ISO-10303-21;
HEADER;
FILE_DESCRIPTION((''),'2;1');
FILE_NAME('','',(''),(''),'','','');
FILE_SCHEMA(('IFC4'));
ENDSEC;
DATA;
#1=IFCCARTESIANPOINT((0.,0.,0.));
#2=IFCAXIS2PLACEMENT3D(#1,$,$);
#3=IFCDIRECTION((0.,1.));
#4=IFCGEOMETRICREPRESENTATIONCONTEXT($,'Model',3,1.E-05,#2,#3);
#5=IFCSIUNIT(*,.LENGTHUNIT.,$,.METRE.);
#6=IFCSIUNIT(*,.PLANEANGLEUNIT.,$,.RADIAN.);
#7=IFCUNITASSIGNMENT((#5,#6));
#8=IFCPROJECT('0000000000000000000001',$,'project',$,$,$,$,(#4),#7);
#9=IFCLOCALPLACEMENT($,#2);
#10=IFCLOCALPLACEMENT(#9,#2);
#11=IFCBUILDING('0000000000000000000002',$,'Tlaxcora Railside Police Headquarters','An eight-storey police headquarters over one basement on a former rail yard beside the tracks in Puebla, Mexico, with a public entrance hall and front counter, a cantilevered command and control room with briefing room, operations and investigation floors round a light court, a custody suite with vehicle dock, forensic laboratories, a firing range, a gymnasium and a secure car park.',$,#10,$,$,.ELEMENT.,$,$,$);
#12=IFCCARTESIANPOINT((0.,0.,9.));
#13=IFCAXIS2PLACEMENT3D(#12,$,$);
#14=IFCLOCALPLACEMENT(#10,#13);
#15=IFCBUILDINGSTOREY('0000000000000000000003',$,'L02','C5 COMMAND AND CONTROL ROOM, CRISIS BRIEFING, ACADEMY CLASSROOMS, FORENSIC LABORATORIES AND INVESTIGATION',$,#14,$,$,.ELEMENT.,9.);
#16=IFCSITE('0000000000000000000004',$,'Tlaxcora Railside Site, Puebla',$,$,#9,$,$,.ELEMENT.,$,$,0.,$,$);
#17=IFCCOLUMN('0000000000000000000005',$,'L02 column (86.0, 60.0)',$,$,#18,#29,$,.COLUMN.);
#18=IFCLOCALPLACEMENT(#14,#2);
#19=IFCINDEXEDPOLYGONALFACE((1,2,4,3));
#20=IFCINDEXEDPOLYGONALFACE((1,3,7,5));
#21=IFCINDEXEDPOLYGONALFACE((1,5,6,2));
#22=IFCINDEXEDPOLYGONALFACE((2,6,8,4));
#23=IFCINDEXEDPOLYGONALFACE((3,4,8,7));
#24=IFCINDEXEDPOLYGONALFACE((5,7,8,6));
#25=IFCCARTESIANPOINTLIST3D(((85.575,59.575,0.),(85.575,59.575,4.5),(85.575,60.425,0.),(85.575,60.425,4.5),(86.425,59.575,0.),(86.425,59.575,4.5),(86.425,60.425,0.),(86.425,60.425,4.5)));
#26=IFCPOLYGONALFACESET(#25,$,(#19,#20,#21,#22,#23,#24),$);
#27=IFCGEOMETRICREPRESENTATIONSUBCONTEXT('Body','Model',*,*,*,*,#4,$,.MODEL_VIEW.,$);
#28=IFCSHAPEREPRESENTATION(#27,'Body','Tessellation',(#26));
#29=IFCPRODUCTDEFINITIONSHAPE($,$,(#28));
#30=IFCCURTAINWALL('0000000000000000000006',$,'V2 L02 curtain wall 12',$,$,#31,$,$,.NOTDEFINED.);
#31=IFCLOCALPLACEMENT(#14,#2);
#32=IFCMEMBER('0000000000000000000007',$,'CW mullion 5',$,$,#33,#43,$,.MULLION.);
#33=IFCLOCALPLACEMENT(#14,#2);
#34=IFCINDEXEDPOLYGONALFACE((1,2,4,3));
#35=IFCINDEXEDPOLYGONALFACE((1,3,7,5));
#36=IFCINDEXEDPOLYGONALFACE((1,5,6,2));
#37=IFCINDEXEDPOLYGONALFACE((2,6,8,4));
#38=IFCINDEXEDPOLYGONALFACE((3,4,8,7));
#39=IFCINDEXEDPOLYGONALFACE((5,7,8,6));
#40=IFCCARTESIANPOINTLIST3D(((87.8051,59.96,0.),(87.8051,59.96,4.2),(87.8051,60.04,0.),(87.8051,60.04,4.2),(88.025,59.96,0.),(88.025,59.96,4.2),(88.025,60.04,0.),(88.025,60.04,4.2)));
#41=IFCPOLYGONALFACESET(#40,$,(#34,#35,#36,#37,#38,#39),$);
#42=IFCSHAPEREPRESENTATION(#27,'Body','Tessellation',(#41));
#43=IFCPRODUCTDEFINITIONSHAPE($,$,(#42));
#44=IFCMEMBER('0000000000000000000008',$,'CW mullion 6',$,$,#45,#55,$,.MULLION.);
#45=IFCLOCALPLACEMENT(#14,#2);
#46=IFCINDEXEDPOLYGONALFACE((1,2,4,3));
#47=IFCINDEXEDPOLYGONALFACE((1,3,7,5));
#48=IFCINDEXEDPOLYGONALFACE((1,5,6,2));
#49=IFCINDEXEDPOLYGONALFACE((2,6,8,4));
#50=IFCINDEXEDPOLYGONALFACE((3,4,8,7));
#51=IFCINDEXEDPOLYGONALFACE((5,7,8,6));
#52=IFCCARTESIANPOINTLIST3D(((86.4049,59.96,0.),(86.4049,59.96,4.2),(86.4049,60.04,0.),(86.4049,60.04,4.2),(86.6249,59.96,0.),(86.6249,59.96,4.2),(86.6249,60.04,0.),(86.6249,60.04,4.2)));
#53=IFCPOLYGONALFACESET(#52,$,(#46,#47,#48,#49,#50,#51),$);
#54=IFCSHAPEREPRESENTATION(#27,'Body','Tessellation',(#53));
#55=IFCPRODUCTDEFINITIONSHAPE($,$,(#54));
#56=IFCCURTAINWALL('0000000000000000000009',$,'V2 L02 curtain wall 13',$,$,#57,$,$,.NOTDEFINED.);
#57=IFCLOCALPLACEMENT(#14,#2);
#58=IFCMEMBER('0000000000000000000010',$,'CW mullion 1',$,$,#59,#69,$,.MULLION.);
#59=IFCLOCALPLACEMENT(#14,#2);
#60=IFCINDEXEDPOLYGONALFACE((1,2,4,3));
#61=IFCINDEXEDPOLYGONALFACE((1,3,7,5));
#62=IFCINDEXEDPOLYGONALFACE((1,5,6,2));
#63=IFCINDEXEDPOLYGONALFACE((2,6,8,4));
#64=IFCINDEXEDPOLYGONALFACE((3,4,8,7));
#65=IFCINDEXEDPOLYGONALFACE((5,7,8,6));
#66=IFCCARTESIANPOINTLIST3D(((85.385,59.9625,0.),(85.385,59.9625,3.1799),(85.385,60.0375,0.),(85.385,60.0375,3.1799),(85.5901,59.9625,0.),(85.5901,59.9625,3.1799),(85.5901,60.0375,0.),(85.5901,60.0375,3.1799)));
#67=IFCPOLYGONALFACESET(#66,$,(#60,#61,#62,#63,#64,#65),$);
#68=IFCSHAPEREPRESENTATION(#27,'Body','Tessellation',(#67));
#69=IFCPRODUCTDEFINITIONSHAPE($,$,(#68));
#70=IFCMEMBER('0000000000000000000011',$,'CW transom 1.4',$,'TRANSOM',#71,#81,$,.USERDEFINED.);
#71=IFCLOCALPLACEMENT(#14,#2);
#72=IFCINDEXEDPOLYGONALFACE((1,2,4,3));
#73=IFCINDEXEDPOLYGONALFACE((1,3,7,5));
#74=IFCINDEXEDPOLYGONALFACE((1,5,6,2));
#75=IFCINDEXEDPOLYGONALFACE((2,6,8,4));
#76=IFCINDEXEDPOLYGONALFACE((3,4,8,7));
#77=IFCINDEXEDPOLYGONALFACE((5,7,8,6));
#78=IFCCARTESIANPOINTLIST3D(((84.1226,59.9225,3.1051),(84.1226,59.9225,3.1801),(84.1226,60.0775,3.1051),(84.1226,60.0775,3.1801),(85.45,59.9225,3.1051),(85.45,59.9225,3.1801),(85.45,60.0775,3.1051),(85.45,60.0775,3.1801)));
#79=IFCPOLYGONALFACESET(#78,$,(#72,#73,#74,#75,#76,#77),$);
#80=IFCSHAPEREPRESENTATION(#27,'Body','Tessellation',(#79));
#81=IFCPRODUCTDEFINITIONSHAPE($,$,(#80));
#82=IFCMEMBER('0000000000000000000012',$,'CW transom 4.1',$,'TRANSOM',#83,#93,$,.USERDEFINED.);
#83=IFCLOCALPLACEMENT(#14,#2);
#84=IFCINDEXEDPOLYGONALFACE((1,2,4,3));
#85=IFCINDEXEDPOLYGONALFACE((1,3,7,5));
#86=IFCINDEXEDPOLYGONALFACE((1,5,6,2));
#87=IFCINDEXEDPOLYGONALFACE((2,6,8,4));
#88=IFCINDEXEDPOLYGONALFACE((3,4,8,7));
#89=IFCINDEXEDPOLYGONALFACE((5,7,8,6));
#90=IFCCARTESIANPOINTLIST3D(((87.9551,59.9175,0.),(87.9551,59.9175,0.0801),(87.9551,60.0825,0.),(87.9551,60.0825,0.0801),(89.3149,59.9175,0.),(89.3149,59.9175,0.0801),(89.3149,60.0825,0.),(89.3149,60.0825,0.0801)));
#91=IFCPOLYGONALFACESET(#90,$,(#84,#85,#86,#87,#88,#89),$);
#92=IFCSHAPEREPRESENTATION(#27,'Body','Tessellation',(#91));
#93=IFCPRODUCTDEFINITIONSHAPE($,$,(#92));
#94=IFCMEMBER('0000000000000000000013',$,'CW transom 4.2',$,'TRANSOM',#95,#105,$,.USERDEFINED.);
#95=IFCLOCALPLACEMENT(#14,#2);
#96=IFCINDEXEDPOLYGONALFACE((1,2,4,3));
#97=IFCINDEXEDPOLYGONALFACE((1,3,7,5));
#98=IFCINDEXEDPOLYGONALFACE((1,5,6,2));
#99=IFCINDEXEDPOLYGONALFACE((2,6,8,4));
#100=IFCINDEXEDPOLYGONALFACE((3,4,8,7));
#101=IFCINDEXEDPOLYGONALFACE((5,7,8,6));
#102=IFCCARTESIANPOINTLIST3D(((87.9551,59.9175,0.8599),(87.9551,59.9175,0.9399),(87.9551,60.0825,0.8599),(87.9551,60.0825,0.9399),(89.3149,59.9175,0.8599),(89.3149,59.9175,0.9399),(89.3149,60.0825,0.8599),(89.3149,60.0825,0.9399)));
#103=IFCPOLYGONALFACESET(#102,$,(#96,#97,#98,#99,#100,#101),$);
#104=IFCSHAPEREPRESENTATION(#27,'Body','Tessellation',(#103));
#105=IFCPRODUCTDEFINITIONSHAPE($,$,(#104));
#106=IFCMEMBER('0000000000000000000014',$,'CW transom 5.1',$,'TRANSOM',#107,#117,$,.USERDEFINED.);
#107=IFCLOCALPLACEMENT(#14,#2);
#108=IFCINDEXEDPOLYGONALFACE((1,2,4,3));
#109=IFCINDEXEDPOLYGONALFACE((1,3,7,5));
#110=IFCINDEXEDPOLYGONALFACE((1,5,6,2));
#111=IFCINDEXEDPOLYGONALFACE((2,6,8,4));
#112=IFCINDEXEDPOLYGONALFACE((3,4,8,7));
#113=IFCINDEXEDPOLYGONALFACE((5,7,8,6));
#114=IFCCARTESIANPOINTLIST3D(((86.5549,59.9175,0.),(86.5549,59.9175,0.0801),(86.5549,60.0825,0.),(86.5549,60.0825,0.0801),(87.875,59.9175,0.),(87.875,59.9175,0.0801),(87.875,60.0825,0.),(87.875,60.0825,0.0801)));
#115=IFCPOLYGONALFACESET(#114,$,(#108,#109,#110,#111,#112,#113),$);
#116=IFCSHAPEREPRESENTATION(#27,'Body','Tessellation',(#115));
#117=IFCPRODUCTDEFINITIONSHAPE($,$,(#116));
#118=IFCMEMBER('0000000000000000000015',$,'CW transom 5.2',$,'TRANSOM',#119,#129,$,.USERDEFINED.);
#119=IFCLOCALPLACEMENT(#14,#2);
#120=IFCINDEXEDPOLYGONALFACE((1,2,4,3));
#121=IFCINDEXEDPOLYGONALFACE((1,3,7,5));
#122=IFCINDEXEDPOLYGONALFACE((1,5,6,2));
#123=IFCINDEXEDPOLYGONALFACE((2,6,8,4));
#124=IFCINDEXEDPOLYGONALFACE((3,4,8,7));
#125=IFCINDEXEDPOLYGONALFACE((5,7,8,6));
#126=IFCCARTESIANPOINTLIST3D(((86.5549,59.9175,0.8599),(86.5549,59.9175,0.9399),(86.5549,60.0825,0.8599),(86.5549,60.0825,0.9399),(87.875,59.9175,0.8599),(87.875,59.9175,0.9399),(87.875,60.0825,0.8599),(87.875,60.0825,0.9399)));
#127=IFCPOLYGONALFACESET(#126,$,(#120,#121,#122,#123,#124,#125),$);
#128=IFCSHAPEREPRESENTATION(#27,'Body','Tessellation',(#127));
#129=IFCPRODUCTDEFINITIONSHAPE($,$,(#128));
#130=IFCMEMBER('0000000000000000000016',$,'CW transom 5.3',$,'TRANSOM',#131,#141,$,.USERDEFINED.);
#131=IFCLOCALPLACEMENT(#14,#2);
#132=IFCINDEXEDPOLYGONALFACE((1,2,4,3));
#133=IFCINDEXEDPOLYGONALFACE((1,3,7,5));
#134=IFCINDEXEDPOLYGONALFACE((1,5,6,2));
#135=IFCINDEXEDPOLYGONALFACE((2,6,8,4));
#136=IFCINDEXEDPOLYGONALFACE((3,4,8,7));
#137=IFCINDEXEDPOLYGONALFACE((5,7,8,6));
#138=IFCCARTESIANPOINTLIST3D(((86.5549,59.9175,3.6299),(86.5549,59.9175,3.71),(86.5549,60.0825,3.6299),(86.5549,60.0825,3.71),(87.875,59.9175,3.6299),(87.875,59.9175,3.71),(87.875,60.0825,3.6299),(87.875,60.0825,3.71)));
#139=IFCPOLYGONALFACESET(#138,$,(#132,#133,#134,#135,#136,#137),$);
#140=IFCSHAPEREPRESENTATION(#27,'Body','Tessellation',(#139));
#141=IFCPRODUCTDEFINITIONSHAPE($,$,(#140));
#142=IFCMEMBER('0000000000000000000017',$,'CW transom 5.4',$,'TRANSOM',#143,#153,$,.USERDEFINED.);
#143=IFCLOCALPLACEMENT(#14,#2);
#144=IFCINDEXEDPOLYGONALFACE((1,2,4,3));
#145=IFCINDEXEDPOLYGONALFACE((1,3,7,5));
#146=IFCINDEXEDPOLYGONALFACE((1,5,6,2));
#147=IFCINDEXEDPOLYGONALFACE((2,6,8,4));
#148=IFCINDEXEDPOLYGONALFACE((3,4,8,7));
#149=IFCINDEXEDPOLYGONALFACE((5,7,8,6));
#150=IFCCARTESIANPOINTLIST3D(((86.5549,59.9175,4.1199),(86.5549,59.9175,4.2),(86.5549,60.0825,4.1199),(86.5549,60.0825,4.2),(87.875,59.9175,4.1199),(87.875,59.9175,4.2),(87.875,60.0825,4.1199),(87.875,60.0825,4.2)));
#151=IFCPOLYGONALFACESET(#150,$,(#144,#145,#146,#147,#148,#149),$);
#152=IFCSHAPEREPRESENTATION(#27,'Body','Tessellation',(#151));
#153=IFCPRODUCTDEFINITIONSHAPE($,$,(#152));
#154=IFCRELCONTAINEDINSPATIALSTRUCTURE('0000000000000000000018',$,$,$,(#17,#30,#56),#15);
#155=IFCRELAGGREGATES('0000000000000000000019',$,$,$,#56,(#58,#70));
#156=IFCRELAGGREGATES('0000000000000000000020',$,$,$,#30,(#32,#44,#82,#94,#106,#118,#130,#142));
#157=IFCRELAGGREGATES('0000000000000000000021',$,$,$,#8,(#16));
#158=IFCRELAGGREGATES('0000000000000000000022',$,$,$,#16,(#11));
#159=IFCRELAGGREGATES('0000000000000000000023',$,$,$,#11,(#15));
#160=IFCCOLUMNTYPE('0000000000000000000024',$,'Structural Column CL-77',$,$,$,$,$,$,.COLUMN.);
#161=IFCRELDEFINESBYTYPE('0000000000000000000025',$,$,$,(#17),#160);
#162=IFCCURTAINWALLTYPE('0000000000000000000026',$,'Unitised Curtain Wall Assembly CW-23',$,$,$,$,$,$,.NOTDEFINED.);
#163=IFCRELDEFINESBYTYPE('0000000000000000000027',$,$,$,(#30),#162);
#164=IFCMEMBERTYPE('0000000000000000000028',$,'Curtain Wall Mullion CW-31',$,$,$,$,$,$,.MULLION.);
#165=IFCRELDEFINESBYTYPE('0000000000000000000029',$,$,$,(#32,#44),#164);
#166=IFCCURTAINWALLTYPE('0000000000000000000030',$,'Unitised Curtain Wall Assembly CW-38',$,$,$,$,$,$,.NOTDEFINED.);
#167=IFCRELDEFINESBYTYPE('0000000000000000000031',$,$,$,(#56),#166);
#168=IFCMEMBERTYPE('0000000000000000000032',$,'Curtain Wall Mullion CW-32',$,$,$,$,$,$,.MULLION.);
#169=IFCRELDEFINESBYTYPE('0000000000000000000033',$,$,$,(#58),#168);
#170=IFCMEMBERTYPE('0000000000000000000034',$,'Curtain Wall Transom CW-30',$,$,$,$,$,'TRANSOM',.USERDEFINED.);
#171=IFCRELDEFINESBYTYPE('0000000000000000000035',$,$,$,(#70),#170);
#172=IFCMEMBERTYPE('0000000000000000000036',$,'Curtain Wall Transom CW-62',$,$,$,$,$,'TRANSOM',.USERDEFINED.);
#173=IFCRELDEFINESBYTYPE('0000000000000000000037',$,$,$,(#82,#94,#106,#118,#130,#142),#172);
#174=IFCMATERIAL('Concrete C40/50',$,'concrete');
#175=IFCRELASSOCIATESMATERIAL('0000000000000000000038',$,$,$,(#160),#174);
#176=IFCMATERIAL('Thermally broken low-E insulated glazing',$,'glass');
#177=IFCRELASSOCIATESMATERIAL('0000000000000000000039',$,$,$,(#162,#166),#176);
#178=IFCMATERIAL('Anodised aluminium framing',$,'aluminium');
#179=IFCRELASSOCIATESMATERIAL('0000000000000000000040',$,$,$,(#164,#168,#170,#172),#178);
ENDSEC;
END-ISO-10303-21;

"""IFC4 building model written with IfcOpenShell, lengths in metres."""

from ifc_helpers import new_model, si_unit, direction, frame, origin, origin_2d, place, context, subcontext, project, spatial, rectangle, extrude, material, material_profile, profile_set, type_object, element, aggregate, save


model = new_model("IFC4")

# Units and contexts
model_context = context("Model", 3, precision=1e-05, world=origin(), true_north=direction((0.0, 1.0)))
body_context = subcontext(model_context, "Body", "Model", "MODEL_VIEW")
ifc_project = project(units=[si_unit("LENGTHUNIT", "METRE"), si_unit("PLANEANGLEUNIT", "RADIAN")], contexts=[model_context])

# Site, building, storey
site_placement = place(None, origin())
site = spatial("IfcSite", under=ifc_project, at=site_placement, Name="Tlaxcora Railside Site, Puebla", CompositionType="ELEMENT", RefElevation=0.0)
building_placement = place(site_placement, origin())
building = spatial("IfcBuilding", under=site, at=building_placement, Name="Tlaxcora Railside Police Headquarters", Description="An eight-storey police headquarters over one basement on a former rail yard beside the tracks in Puebla, Mexico, with a public entrance hall and front counter, a cantilevered command and control room with briefing room, operations and investigation floors round a light court, a custody suite with vehicle dock, forensic laboratories, a firing range, a gymnasium and a secure car park.", CompositionType="ELEMENT")
storey_placement = place(building_placement, frame((0.0, 0.0, 9.0)))
storey = spatial("IfcBuildingStorey", under=building, at=storey_placement, Name="L02", Description="C5 COMMAND AND CONTROL ROOM, CRISIS BRIEFING, ACADEMY CLASSROOMS, FORENSIC LABORATORIES AND INVESTIGATION", CompositionType="ELEMENT", Elevation=9.0)

# Column
ifc_material_1 = material(Name="Concrete C40/50", Category="concrete")
ifc_material_profile_1 = material_profile(ifc_material_1, rectangle(XDim=0.8501, YDim=0.8501, at=origin_2d()), Name="RC850X850")
ifc_profile_set_1 = profile_set([ifc_material_profile_1], Name="Concrete C40/50")
column_type = type_object("IfcColumnType", Name="Structural Column CL-77", PredefinedType="COLUMN", material=ifc_profile_set_1)
column_placement = place(storey_placement, frame((86.0, 60.0, 0.0), z_axis=(0.0, 0.0, 1.0), x_axis=(1.0, 0.0, 0.0)))
element("IfcColumn", 1, at=column_placement, inside=storey, type_object=column_type, Name="L02 column (86.0, 60.0)", PredefinedType="COLUMN", context=body_context, shape_type="SweptSolid", body=[
    extrude(rectangle(XDim=0.8501, YDim=0.8501, at=origin_2d()), origin(), (0.0, 0.0, 1.0), 4.5),
])

# Curtain walls, members
ifc_material_2 = material(Name="Thermally broken low-E insulated glazing", Category="glass")
curtain_wall_type_1 = type_object("IfcCurtainWallType", Name="Unitised Curtain Wall Assembly CW-23", PredefinedType="NOTDEFINED", material=ifc_material_2)
curtain_wall_1_placement = place(storey_placement, origin())
curtain_wall_1 = element("IfcCurtainWall", 2, at=curtain_wall_1_placement, inside=storey, type_object=curtain_wall_type_1, Name="V2 L02 curtain wall 12", PredefinedType="NOTDEFINED")
ifc_material_3 = material(Name="Anodised aluminium framing", Category="aluminium")
ifc_material_profile_2 = material_profile(ifc_material_3, rectangle(XDim=0.0801, YDim=0.22, at=origin_2d()), Name="AL80X220")
ifc_profile_set_2 = profile_set([ifc_material_profile_2], Name="Anodised aluminium framing")
member_type_1 = type_object("IfcMemberType", Name="Curtain Wall Mullion CW-31", PredefinedType="MULLION", material=ifc_profile_set_2)
member_1_placement = place(storey_placement, frame((87.915, 60.0, 0.0), z_axis=(0.0, 0.0, 1.0), x_axis=(0.0, -1.0, 0.0)))
member_1 = element("IfcMember", 3, at=member_1_placement, type_object=member_type_1, Name="CW mullion 5", PredefinedType="MULLION", context=body_context, shape_type="SweptSolid", body=[
    extrude(rectangle(XDim=0.0801, YDim=0.22, at=origin_2d()), origin(), (0.0, 0.0, 1.0), 4.2),
])
member_2_placement = place(storey_placement, frame((86.5149, 60.0, 0.0), z_axis=(0.0, 0.0, 1.0), x_axis=(0.0, -1.0, 0.0)))
member_2 = element("IfcMember", 4, at=member_2_placement, type_object=member_type_1, Name="CW mullion 6", PredefinedType="MULLION", context=body_context, shape_type="SweptSolid", body=[
    extrude(rectangle(XDim=0.0801, YDim=0.22, at=origin_2d()), origin(), (0.0, 0.0, 1.0), 4.2),
])
curtain_wall_type_2 = type_object("IfcCurtainWallType", Name="Unitised Curtain Wall Assembly CW-38", PredefinedType="NOTDEFINED", material=ifc_material_2)
curtain_wall_2_placement = place(storey_placement, origin())
curtain_wall_2 = element("IfcCurtainWall", 5, at=curtain_wall_2_placement, inside=storey, type_object=curtain_wall_type_2, Name="V2 L02 curtain wall 13", PredefinedType="NOTDEFINED")
ifc_material_profile_3 = material_profile(ifc_material_3, rectangle(XDim=0.075, YDim=0.2051, at=origin_2d()), Name="AL75X205")
ifc_profile_set_3 = profile_set([ifc_material_profile_3], Name="Anodised aluminium framing")
member_type_2 = type_object("IfcMemberType", Name="Curtain Wall Mullion CW-32", PredefinedType="MULLION", material=ifc_profile_set_3)
member_3_placement = place(storey_placement, frame((85.4875, 60.0, 0.0), z_axis=(0.0, 0.0, 1.0), x_axis=(0.0, -1.0, 0.0)))
member_3 = element("IfcMember", 6, at=member_3_placement, type_object=member_type_2, Name="CW mullion 1", PredefinedType="MULLION", context=body_context, shape_type="SweptSolid", body=[
    extrude(rectangle(XDim=0.075, YDim=0.2051, at=origin_2d()), origin(), (0.0, 0.0, 1.0), 3.1799),
])
ifc_material_profile_4 = material_profile(ifc_material_3, rectangle(XDim=0.155, YDim=0.075, at=origin_2d()), Name="AL75X155")
ifc_profile_set_4 = profile_set([ifc_material_profile_4], Name="Anodised aluminium framing")
member_type_3 = type_object("IfcMemberType", Name="Curtain Wall Transom CW-30", ElementType="TRANSOM", PredefinedType="USERDEFINED", material=ifc_profile_set_4)
member_4_placement = place(storey_placement, frame((85.45, 60.0, 3.1426), z_axis=(-1.0, 0.0, 0.0), x_axis=(0.0, -1.0, 0.0)))
member_4 = element("IfcMember", 7, at=member_4_placement, type_object=member_type_3, Name="CW transom 1.4", ObjectType="TRANSOM", PredefinedType="USERDEFINED", context=body_context, shape_type="SweptSolid", body=[
    extrude(rectangle(XDim=0.155, YDim=0.075, at=origin_2d()), origin(), (0.0, 0.0, 1.0), 1.3274),
])
aggregate(curtain_wall_2, [member_3, member_4])

# Members
ifc_material_profile_5 = material_profile(ifc_material_3, rectangle(XDim=0.165, YDim=0.0801, at=origin_2d()), Name="AL80X165")
ifc_profile_set_5 = profile_set([ifc_material_profile_5], Name="Anodised aluminium framing")
member_type_4 = type_object("IfcMemberType", Name="Curtain Wall Transom CW-62", ElementType="TRANSOM", PredefinedType="USERDEFINED", material=ifc_profile_set_5)
member_5_placement = place(storey_placement, frame((89.3149, 60.0, 0.04), z_axis=(-1.0, 0.0, 0.0), x_axis=(0.0, -1.0, 0.0)))
member_5 = element("IfcMember", 8, at=member_5_placement, type_object=member_type_4, Name="CW transom 4.1", ObjectType="TRANSOM", PredefinedType="USERDEFINED", context=body_context, shape_type="SweptSolid", body=[
    extrude(rectangle(XDim=0.165, YDim=0.0801, at=origin_2d()), origin(), (0.0, 0.0, 1.0), 1.3599),
])
member_6_placement = place(storey_placement, frame((89.3149, 60.0, 0.8999), z_axis=(-1.0, 0.0, 0.0), x_axis=(0.0, -1.0, 0.0)))
member_6 = element("IfcMember", 9, at=member_6_placement, type_object=member_type_4, Name="CW transom 4.2", ObjectType="TRANSOM", PredefinedType="USERDEFINED", context=body_context, shape_type="SweptSolid", body=[
    extrude(rectangle(XDim=0.165, YDim=0.0801, at=origin_2d()), origin(), (0.0, 0.0, 1.0), 1.3599),
])
member_7_placement = place(storey_placement, frame((87.875, 60.0, 0.04), z_axis=(-1.0, 0.0, 0.0), x_axis=(0.0, -1.0, 0.0)))
member_7 = element("IfcMember", 10, at=member_7_placement, type_object=member_type_4, Name="CW transom 5.1", ObjectType="TRANSOM", PredefinedType="USERDEFINED", context=body_context, shape_type="SweptSolid", body=[
    extrude(rectangle(XDim=0.165, YDim=0.0801, at=origin_2d()), origin(), (0.0, 0.0, 1.0), 1.3201),
])
member_8_placement = place(storey_placement, frame((87.875, 60.0, 0.8999), z_axis=(-1.0, 0.0, 0.0), x_axis=(0.0, -1.0, 0.0)))
member_8 = element("IfcMember", 11, at=member_8_placement, type_object=member_type_4, Name="CW transom 5.2", ObjectType="TRANSOM", PredefinedType="USERDEFINED", context=body_context, shape_type="SweptSolid", body=[
    extrude(rectangle(XDim=0.165, YDim=0.0801, at=origin_2d()), origin(), (0.0, 0.0, 1.0), 1.3201),
])
member_9_placement = place(storey_placement, frame((87.875, 60.0, 3.6699), z_axis=(-1.0, 0.0, 0.0), x_axis=(0.0, -1.0, 0.0)))
member_9 = element("IfcMember", 12, at=member_9_placement, type_object=member_type_4, Name="CW transom 5.3", ObjectType="TRANSOM", PredefinedType="USERDEFINED", context=body_context, shape_type="SweptSolid", body=[
    extrude(rectangle(XDim=0.165, YDim=0.0801, at=origin_2d()), origin(), (0.0, 0.0, 1.0), 1.3201),
])
member_10_placement = place(storey_placement, frame((87.875, 60.0, 4.1599), z_axis=(-1.0, 0.0, 0.0), x_axis=(0.0, -1.0, 0.0)))
member_10 = element("IfcMember", 13, at=member_10_placement, type_object=member_type_4, Name="CW transom 5.4", ObjectType="TRANSOM", PredefinedType="USERDEFINED", context=body_context, shape_type="SweptSolid", body=[
    extrude(rectangle(XDim=0.165, YDim=0.0801, at=origin_2d()), origin(), (0.0, 0.0, 1.0), 1.3201),
])

aggregate(curtain_wall_1, [member_1, member_2, member_5, member_6, member_7, member_8, member_9, member_10])

save(model, "model.ifc")
